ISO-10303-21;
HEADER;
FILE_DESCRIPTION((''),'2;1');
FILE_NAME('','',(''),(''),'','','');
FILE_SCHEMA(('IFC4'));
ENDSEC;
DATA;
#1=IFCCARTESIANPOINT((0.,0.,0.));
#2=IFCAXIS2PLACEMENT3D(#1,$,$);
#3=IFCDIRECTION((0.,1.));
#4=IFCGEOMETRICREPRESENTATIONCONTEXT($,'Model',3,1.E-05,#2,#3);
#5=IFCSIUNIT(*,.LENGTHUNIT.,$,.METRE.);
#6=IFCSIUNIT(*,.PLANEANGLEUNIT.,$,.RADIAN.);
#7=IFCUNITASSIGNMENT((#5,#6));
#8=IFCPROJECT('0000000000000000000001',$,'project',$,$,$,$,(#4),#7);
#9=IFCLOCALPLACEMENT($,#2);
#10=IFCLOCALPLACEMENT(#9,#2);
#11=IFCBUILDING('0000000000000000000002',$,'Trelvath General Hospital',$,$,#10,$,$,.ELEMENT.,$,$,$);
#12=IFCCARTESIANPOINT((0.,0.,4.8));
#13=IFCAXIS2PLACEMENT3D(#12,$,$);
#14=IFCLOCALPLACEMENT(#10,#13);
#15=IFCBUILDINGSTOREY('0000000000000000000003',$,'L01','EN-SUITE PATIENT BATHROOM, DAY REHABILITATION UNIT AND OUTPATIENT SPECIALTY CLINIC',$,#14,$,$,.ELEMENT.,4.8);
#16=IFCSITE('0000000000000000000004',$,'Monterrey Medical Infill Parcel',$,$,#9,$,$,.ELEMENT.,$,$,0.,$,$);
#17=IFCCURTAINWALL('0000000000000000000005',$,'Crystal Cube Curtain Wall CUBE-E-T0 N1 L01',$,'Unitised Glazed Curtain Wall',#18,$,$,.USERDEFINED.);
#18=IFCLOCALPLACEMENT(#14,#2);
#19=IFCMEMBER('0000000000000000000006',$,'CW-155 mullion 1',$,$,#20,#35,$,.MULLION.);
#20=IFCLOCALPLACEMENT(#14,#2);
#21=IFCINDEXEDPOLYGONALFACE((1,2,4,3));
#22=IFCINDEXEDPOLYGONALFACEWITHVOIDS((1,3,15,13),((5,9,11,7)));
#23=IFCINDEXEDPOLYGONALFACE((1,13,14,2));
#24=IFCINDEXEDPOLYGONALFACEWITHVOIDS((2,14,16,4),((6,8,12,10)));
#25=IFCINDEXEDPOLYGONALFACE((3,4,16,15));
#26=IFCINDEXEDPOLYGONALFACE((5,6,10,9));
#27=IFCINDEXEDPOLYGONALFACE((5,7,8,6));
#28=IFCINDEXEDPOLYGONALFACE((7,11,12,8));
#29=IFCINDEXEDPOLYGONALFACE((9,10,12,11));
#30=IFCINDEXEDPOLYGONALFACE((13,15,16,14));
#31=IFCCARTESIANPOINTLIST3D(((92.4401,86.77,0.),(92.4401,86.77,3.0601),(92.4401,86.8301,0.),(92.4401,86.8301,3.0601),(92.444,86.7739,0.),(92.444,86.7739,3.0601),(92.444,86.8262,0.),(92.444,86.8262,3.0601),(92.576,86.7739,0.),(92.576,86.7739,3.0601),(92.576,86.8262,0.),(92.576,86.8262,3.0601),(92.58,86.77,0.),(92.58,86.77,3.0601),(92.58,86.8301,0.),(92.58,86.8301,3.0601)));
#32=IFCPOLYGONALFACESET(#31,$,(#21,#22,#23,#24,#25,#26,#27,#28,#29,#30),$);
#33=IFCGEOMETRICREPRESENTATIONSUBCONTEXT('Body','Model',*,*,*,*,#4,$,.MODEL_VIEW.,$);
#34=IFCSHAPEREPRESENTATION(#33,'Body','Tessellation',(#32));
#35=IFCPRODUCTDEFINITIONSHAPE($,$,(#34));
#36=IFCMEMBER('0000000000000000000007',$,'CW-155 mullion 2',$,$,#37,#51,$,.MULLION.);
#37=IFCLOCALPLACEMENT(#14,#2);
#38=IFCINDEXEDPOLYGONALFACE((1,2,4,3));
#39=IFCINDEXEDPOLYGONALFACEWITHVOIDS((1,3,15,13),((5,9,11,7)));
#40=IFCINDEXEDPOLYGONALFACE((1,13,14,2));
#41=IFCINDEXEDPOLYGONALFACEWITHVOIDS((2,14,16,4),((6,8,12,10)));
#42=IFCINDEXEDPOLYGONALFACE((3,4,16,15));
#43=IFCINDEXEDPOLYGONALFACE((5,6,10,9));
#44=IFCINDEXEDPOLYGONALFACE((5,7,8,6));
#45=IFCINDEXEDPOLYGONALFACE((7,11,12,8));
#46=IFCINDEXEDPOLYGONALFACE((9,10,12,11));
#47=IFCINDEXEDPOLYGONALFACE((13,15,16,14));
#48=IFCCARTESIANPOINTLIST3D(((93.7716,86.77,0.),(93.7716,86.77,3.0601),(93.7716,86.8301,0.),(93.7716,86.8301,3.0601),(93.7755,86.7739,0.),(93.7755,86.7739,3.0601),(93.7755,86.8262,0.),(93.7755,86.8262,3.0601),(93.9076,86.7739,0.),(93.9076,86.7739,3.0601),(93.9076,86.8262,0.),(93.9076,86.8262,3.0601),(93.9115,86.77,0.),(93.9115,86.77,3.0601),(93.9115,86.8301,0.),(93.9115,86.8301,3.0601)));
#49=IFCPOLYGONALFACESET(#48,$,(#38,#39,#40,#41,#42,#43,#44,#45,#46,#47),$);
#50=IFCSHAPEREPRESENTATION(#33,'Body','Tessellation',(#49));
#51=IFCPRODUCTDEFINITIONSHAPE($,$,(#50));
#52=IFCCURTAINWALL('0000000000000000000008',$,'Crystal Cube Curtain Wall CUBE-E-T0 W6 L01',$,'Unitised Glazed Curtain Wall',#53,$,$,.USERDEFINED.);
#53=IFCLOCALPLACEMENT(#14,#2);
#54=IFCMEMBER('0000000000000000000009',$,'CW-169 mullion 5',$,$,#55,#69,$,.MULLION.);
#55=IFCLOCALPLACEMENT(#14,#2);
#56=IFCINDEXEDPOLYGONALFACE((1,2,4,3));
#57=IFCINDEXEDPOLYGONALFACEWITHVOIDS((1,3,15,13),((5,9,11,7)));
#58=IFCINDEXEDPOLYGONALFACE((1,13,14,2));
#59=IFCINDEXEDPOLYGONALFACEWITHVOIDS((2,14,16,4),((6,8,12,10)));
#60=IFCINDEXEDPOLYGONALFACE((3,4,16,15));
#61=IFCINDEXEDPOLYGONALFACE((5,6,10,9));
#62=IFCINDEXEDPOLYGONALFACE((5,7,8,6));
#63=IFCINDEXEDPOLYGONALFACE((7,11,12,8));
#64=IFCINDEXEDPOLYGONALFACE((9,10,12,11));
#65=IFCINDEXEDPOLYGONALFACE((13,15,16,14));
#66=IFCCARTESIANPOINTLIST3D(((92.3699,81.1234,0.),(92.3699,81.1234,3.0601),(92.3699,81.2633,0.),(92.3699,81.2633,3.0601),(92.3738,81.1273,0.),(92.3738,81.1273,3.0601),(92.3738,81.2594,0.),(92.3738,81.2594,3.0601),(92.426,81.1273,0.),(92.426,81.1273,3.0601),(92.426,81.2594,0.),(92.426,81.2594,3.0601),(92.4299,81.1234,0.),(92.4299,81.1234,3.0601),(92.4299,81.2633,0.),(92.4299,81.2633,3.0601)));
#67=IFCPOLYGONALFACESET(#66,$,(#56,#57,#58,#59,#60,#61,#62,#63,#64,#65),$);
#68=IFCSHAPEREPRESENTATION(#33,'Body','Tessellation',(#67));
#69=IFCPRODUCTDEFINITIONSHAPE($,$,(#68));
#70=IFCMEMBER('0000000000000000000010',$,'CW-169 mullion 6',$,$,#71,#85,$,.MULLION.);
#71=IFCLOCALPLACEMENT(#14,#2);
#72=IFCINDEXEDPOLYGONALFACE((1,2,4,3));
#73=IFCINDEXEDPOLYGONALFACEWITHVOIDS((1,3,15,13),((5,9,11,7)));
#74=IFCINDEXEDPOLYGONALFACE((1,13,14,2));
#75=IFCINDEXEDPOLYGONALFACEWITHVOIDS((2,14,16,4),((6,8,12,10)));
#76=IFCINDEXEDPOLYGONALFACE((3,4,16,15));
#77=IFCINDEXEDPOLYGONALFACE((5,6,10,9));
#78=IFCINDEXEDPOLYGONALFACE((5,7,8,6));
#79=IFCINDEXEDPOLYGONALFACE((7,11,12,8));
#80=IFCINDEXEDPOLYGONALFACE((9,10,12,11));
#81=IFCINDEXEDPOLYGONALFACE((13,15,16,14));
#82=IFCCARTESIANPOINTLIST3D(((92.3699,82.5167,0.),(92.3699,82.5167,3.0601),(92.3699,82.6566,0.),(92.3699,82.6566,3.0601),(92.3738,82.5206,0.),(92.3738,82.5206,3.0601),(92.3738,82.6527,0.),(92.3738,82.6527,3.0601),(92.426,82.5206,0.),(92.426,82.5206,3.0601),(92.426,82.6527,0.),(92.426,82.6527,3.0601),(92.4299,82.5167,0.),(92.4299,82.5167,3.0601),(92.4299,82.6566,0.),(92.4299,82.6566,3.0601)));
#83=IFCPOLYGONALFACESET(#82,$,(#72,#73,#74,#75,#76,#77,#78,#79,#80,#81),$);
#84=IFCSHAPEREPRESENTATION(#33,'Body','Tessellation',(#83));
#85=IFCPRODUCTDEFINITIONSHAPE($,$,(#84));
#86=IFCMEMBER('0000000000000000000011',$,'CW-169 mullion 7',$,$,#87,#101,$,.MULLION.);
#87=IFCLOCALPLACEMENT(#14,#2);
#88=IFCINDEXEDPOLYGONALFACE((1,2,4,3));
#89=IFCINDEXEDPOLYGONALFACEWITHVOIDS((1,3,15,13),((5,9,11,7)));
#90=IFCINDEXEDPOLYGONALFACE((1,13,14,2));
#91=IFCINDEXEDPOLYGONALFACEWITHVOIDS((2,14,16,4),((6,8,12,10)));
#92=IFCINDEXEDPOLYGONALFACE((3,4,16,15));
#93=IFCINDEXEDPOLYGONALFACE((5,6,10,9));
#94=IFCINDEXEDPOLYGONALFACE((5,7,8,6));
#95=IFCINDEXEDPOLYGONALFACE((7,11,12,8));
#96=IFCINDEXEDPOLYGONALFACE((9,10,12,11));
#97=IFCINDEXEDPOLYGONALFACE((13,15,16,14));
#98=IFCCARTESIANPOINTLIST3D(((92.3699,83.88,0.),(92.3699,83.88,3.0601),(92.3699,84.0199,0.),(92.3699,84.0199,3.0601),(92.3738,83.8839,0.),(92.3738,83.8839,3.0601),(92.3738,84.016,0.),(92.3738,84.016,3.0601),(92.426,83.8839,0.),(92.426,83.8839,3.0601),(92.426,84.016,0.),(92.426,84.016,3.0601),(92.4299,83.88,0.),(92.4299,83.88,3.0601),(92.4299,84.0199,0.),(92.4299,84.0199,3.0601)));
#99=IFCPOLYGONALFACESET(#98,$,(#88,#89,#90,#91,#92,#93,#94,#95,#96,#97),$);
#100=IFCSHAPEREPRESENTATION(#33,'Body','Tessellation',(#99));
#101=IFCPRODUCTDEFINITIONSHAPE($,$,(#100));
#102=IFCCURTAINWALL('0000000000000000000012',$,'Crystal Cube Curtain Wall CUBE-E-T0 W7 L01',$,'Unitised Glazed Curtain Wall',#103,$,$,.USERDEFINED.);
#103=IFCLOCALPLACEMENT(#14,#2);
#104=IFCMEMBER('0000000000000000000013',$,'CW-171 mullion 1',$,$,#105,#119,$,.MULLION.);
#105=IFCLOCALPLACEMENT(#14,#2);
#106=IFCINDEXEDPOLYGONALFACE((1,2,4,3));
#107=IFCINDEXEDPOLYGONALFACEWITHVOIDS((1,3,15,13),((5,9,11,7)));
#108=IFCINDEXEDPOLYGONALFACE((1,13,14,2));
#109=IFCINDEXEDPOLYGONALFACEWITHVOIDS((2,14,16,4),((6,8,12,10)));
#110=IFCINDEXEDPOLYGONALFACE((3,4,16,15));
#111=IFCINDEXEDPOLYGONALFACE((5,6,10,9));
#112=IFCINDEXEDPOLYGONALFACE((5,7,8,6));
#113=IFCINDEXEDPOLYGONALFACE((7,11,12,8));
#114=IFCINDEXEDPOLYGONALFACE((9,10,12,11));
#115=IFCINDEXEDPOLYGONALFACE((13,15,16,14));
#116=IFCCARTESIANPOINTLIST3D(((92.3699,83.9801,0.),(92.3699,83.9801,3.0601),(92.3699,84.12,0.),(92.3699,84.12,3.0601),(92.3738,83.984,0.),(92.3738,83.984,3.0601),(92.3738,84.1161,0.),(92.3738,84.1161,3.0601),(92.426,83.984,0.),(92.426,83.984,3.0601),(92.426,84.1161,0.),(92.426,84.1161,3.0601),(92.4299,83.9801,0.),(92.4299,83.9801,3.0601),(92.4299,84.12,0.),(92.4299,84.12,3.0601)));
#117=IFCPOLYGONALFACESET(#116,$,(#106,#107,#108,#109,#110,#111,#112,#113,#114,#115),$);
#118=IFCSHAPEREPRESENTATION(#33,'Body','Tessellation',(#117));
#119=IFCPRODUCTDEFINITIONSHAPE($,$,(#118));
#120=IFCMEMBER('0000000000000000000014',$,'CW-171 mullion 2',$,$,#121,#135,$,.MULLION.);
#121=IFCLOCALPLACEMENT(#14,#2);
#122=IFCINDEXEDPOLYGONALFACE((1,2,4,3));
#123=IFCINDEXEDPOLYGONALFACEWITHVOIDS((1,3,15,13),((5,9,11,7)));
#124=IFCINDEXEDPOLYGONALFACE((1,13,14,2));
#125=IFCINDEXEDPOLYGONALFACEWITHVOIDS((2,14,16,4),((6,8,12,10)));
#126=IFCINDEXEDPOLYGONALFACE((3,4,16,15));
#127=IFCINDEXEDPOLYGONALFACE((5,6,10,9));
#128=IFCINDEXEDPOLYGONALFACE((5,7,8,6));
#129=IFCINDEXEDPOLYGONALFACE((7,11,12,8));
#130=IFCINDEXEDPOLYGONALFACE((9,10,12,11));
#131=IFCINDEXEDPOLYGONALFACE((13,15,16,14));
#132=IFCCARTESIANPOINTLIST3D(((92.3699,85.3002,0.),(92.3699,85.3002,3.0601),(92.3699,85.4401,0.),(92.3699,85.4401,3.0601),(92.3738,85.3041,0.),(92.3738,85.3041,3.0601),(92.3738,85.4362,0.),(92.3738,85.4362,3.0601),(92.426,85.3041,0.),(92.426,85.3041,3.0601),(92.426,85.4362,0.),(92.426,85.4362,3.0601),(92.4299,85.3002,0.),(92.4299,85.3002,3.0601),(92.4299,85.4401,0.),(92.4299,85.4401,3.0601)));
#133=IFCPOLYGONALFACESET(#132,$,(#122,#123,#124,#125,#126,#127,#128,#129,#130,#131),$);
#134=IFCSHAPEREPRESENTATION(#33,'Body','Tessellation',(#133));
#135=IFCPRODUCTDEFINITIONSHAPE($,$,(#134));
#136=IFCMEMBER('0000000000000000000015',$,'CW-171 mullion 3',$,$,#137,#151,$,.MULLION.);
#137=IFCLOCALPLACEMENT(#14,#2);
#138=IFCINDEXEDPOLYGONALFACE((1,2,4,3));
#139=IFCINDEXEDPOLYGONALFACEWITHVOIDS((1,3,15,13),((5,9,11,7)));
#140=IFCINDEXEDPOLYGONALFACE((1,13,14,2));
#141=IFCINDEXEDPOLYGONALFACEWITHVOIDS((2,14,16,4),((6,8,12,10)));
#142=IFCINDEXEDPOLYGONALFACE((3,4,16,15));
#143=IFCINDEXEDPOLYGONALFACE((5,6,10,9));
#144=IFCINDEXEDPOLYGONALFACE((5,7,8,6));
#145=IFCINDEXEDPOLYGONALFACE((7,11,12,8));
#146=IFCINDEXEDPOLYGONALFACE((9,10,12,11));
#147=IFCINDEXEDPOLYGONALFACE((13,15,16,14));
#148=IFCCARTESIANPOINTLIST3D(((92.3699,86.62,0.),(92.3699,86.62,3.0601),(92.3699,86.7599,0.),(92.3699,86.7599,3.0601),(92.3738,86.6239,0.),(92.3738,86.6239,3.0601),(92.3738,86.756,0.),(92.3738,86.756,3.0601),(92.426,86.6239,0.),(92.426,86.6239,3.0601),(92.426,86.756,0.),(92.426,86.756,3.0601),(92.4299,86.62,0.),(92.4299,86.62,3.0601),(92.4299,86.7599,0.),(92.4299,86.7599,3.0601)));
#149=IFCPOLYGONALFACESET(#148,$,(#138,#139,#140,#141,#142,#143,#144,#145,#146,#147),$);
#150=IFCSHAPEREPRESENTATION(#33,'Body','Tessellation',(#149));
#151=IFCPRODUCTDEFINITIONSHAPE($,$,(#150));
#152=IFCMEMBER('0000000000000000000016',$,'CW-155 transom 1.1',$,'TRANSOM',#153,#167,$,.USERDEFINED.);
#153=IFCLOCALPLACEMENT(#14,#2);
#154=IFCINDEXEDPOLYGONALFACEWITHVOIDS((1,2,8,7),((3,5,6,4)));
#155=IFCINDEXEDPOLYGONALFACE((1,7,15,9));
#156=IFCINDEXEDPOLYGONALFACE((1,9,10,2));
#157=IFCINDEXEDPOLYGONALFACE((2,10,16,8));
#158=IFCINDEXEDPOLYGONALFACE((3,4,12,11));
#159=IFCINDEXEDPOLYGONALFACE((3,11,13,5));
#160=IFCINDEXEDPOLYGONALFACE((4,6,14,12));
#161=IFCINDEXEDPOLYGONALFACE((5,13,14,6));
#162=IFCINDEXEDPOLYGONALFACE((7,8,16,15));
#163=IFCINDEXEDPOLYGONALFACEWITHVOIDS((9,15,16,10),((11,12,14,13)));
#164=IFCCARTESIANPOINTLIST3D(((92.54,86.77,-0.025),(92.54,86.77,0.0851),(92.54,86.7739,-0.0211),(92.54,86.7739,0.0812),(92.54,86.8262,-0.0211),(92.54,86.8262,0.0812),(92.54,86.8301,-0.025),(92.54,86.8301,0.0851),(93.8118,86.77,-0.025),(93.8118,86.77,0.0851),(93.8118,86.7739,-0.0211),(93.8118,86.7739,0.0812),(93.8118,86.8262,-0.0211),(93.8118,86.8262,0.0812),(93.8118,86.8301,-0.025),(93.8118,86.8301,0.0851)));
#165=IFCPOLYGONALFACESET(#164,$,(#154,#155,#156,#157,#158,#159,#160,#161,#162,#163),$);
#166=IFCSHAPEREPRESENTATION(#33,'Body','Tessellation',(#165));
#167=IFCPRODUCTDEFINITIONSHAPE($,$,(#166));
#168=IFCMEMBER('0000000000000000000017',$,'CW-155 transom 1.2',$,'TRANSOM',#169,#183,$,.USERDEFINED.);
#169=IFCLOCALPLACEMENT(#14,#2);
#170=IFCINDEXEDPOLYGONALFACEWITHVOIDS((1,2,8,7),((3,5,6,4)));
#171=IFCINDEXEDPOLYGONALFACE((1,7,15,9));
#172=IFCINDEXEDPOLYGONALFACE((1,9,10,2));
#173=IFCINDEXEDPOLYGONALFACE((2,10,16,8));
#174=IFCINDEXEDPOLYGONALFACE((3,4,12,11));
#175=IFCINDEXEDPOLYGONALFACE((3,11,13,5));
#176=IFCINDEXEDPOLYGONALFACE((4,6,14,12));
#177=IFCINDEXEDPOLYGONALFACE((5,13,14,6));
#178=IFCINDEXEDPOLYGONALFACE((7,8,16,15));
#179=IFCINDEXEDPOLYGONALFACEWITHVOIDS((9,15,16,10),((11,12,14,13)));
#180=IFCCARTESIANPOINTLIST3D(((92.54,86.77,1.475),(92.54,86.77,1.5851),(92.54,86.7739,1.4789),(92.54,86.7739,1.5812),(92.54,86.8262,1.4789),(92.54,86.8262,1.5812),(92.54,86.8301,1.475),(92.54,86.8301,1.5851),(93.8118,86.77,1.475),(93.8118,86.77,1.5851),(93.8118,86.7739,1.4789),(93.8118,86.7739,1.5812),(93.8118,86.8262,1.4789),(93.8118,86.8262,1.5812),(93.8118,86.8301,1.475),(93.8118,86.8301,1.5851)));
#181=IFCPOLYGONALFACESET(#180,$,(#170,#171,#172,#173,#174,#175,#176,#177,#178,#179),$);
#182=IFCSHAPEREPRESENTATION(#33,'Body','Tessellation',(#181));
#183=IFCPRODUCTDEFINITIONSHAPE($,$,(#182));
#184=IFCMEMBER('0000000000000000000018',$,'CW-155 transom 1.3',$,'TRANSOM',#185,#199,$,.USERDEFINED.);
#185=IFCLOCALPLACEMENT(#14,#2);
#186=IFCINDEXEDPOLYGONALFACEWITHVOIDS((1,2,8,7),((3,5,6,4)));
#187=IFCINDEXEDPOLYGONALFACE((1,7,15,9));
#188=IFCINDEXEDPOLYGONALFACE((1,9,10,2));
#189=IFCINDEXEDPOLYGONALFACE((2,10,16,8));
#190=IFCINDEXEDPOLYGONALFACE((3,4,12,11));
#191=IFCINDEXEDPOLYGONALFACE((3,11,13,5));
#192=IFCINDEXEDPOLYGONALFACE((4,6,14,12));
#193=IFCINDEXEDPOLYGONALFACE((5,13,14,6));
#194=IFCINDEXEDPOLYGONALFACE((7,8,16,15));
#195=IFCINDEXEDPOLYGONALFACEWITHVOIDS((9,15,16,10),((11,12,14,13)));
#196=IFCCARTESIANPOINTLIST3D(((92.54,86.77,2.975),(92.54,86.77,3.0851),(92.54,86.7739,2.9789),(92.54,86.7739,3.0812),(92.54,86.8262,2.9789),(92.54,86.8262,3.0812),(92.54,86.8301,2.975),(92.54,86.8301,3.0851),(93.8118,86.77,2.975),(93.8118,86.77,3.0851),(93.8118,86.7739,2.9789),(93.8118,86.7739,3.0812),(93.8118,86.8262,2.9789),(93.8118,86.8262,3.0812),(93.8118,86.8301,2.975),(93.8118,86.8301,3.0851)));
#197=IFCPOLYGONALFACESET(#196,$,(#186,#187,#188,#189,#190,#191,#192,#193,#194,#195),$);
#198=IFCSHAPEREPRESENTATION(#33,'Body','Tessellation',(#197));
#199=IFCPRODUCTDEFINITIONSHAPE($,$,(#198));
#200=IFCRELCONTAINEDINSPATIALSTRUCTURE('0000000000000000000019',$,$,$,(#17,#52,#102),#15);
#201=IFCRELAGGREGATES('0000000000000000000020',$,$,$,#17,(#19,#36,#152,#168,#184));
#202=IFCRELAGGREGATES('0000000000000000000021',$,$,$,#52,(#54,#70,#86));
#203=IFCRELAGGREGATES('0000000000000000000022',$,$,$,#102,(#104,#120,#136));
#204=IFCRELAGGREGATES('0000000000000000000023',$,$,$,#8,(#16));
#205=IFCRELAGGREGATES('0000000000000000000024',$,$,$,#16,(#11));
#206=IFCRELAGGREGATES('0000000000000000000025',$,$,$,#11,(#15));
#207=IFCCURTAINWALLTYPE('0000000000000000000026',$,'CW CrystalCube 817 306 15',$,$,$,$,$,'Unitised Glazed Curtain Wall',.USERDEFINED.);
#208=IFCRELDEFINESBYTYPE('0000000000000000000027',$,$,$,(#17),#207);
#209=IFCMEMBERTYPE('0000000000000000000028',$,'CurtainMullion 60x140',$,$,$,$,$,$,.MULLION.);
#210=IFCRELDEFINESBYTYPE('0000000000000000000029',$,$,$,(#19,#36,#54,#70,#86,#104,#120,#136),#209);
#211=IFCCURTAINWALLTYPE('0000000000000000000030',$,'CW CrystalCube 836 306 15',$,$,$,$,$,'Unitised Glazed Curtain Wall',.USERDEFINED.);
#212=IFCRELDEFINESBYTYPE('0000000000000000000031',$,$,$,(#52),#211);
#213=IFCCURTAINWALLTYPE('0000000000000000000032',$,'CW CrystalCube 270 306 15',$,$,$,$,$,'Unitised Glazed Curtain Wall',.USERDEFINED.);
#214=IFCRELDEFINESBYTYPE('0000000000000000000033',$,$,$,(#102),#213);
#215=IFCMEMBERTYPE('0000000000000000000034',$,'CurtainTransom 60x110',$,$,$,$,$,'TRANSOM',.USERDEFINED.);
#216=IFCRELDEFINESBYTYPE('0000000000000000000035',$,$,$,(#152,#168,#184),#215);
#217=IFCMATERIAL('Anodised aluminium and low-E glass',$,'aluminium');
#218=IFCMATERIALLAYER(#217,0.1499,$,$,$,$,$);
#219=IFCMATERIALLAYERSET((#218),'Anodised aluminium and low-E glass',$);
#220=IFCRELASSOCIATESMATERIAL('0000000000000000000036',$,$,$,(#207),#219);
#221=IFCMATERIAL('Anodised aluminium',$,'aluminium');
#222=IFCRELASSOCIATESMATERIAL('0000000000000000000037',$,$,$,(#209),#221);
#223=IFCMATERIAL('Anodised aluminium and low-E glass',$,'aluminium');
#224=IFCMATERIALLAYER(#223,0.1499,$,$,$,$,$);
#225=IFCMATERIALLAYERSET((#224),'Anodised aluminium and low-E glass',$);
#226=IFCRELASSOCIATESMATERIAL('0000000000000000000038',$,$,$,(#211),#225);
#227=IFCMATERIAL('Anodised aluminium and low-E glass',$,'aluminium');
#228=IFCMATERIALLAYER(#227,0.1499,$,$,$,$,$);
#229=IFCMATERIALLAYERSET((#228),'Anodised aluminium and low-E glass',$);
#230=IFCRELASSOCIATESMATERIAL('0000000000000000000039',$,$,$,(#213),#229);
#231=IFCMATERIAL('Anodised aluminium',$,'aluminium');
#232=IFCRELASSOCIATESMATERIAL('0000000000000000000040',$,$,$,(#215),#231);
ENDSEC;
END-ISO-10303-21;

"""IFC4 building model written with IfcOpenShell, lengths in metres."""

from ifc_helpers import new_model, si_unit, direction, frame, origin, origin_2d, place, context, subcontext, project, spatial, hollow_rectangle, extrude, material, layer, layer_set, material_profile, profile_set, type_object, element, aggregate, save


model = new_model("IFC4")

# Units and contexts
model_context = context("Model", 3, precision=1e-05, world=origin(), true_north=direction((0.0, 1.0)))
body_context = subcontext(model_context, "Body", "Model", "MODEL_VIEW")
ifc_project = project(units=[si_unit("LENGTHUNIT", "METRE"), si_unit("PLANEANGLEUNIT", "RADIAN")], contexts=[model_context])

# Site, building, storey
site_placement = place(None, origin())
site = spatial("IfcSite", under=ifc_project, at=site_placement, Name="Monterrey Medical Infill Parcel", CompositionType="ELEMENT", RefElevation=0.0)
building_placement = place(site_placement, origin())
building = spatial("IfcBuilding", under=site, at=building_placement, Name="Trelvath General Hospital", CompositionType="ELEMENT")
storey_placement = place(building_placement, frame((0.0, 0.0, 4.8)))
storey = spatial("IfcBuildingStorey", under=building, at=storey_placement, Name="L01", Description="EN-SUITE PATIENT BATHROOM, DAY REHABILITATION UNIT AND OUTPATIENT SPECIALTY CLINIC", CompositionType="ELEMENT", Elevation=4.8)

# Curtain walls, members
ifc_material_1 = material(Name="Anodised aluminium and low-E glass", Category="aluminium")
ifc_layer_1 = layer(ifc_material_1, 0.1499)
ifc_layer_set_1 = layer_set([ifc_layer_1], Name="Anodised aluminium and low-E glass")
curtain_wall_type_1 = type_object("IfcCurtainWallType", Name="CW CrystalCube 817 306 15", ElementType="Unitised Glazed Curtain Wall", PredefinedType="USERDEFINED", material=ifc_layer_set_1)
curtain_wall_1_placement = place(storey_placement, origin())
curtain_wall_1 = element("IfcCurtainWall", 1, at=curtain_wall_1_placement, inside=storey, type_object=curtain_wall_type_1, Name="Crystal Cube Curtain Wall CUBE-E-T0 N1 L01", ObjectType="Unitised Glazed Curtain Wall", PredefinedType="USERDEFINED")
ifc_material_2 = material(Name="Anodised aluminium", Category="aluminium")
ifc_material_profile_1 = material_profile(ifc_material_2, hollow_rectangle(XDim=0.0601, YDim=0.1399, WallThickness=0.0039, at=origin_2d()), Name="RHS60x140x4")
ifc_profile_set_1 = profile_set([ifc_material_profile_1], Name="Anodised aluminium")
member_type_1 = type_object("IfcMemberType", Name="CurtainMullion 60x140", PredefinedType="MULLION", material=ifc_profile_set_1)
member_1_placement = place(storey_placement, frame((92.51, 86.8, 0.0), z_axis=(0.0, 0.0, 1.0), x_axis=(0.0, 1.0, 0.0)))
member_1 = element("IfcMember", 2, at=member_1_placement, type_object=member_type_1, Name="CW-155 mullion 1", PredefinedType="MULLION", context=body_context, shape_type="SweptSolid", body=[
    extrude(hollow_rectangle(XDim=0.0601, YDim=0.1399, WallThickness=0.0039, at=origin_2d()), origin(), (0.0, 0.0, 1.0), 3.0601),
])
member_2_placement = place(storey_placement, frame((93.8416, 86.8, 0.0), z_axis=(0.0, 0.0, 1.0), x_axis=(0.0, 1.0, 0.0)))
member_2 = element("IfcMember", 3, at=member_2_placement, type_object=member_type_1, Name="CW-155 mullion 2", PredefinedType="MULLION", context=body_context, shape_type="SweptSolid", body=[
    extrude(hollow_rectangle(XDim=0.0601, YDim=0.1399, WallThickness=0.0039, at=origin_2d()), origin(), (0.0, 0.0, 1.0), 3.0601),
])
ifc_material_3 = material(Name="Anodised aluminium and low-E glass", Category="aluminium")
ifc_layer_2 = layer(ifc_material_3, 0.1499)
ifc_layer_set_2 = layer_set([ifc_layer_2], Name="Anodised aluminium and low-E glass")
curtain_wall_type_2 = type_object("IfcCurtainWallType", Name="CW CrystalCube 836 306 15", ElementType="Unitised Glazed Curtain Wall", PredefinedType="USERDEFINED", material=ifc_layer_set_2)
curtain_wall_2_placement = place(storey_placement, origin())
curtain_wall_2 = element("IfcCurtainWall", 4, at=curtain_wall_2_placement, inside=storey, type_object=curtain_wall_type_2, Name="Crystal Cube Curtain Wall CUBE-E-T0 W6 L01", ObjectType="Unitised Glazed Curtain Wall", PredefinedType="USERDEFINED")
member_3_placement = place(storey_placement, frame((92.3999, 81.1934, 0.0), z_axis=(0.0, 0.0, 1.0), x_axis=(-1.0, 0.0, 0.0)))
member_3 = element("IfcMember", 5, at=member_3_placement, type_object=member_type_1, Name="CW-169 mullion 5", PredefinedType="MULLION", context=body_context, shape_type="SweptSolid", body=[
    extrude(hollow_rectangle(XDim=0.0601, YDim=0.1399, WallThickness=0.0039, at=origin_2d()), origin(), (0.0, 0.0, 1.0), 3.0601),
])
member_4_placement = place(storey_placement, frame((92.3999, 82.5867, 0.0), z_axis=(0.0, 0.0, 1.0), x_axis=(-1.0, 0.0, 0.0)))
member_4 = element("IfcMember", 6, at=member_4_placement, type_object=member_type_1, Name="CW-169 mullion 6", PredefinedType="MULLION", context=body_context, shape_type="SweptSolid", body=[
    extrude(hollow_rectangle(XDim=0.0601, YDim=0.1399, WallThickness=0.0039, at=origin_2d()), origin(), (0.0, 0.0, 1.0), 3.0601),
])
member_5_placement = place(storey_placement, frame((92.3999, 83.95, 0.0), z_axis=(0.0, 0.0, 1.0), x_axis=(-1.0, 0.0, 0.0)))
member_5 = element("IfcMember", 7, at=member_5_placement, type_object=member_type_1, Name="CW-169 mullion 7", PredefinedType="MULLION", context=body_context, shape_type="SweptSolid", body=[
    extrude(hollow_rectangle(XDim=0.0601, YDim=0.1399, WallThickness=0.0039, at=origin_2d()), origin(), (0.0, 0.0, 1.0), 3.0601),
])
ifc_material_4 = material(Name="Anodised aluminium and low-E glass", Category="aluminium")
ifc_layer_3 = layer(ifc_material_4, 0.1499)
ifc_layer_set_3 = layer_set([ifc_layer_3], Name="Anodised aluminium and low-E glass")
curtain_wall_type_3 = type_object("IfcCurtainWallType", Name="CW CrystalCube 270 306 15", ElementType="Unitised Glazed Curtain Wall", PredefinedType="USERDEFINED", material=ifc_layer_set_3)
curtain_wall_3_placement = place(storey_placement, origin())
curtain_wall_3 = element("IfcCurtainWall", 8, at=curtain_wall_3_placement, inside=storey, type_object=curtain_wall_type_3, Name="Crystal Cube Curtain Wall CUBE-E-T0 W7 L01", ObjectType="Unitised Glazed Curtain Wall", PredefinedType="USERDEFINED")
member_6_placement = place(storey_placement, frame((92.3999, 84.05, 0.0), z_axis=(0.0, 0.0, 1.0), x_axis=(-1.0, 0.0, 0.0)))
member_6 = element("IfcMember", 9, at=member_6_placement, type_object=member_type_1, Name="CW-171 mullion 1", PredefinedType="MULLION", context=body_context, shape_type="SweptSolid", body=[
    extrude(hollow_rectangle(XDim=0.0601, YDim=0.1399, WallThickness=0.0039, at=origin_2d()), origin(), (0.0, 0.0, 1.0), 3.0601),
])
member_7_placement = place(storey_placement, frame((92.3999, 85.3701, 0.0), z_axis=(0.0, 0.0, 1.0), x_axis=(-1.0, 0.0, 0.0)))
member_7 = element("IfcMember", 10, at=member_7_placement, type_object=member_type_1, Name="CW-171 mullion 2", PredefinedType="MULLION", context=body_context, shape_type="SweptSolid", body=[
    extrude(hollow_rectangle(XDim=0.0601, YDim=0.1399, WallThickness=0.0039, at=origin_2d()), origin(), (0.0, 0.0, 1.0), 3.0601),
])
member_8_placement = place(storey_placement, frame((92.3999, 86.6899, 0.0), z_axis=(0.0, 0.0, 1.0), x_axis=(-1.0, 0.0, 0.0)))
member_8 = element("IfcMember", 11, at=member_8_placement, type_object=member_type_1, Name="CW-171 mullion 3", PredefinedType="MULLION", context=body_context, shape_type="SweptSolid", body=[
    extrude(hollow_rectangle(XDim=0.0601, YDim=0.1399, WallThickness=0.0039, at=origin_2d()), origin(), (0.0, 0.0, 1.0), 3.0601),
])

# Members
ifc_material_5 = material(Name="Anodised aluminium", Category="aluminium")
ifc_material_profile_2 = material_profile(ifc_material_5, hollow_rectangle(XDim=0.0601, YDim=0.1101, WallThickness=0.0039, at=origin_2d()), Name="RHS60x110x4")
ifc_profile_set_2 = profile_set([ifc_material_profile_2], Name="Anodised aluminium")
member_type_2 = type_object("IfcMemberType", Name="CurtainTransom 60x110", ElementType="TRANSOM", PredefinedType="USERDEFINED", material=ifc_profile_set_2)
member_9_placement = place(storey_placement, frame((92.54, 86.8, 0.03), z_axis=(1.0, 0.0, 0.0), x_axis=(0.0, 1.0, 0.0)))
member_9 = element("IfcMember", 12, at=member_9_placement, type_object=member_type_2, Name="CW-155 transom 1.1", ObjectType="TRANSOM", PredefinedType="USERDEFINED", context=body_context, shape_type="SweptSolid", body=[
    extrude(hollow_rectangle(XDim=0.0601, YDim=0.1101, WallThickness=0.0039, at=origin_2d()), origin(), (0.0, 0.0, 1.0), 1.2717),
])
member_10_placement = place(storey_placement, frame((92.54, 86.8, 1.53), z_axis=(1.0, 0.0, 0.0), x_axis=(0.0, 1.0, 0.0)))
member_10 = element("IfcMember", 13, at=member_10_placement, type_object=member_type_2, Name="CW-155 transom 1.2", ObjectType="TRANSOM", PredefinedType="USERDEFINED", context=body_context, shape_type="SweptSolid", body=[
    extrude(hollow_rectangle(XDim=0.0601, YDim=0.1101, WallThickness=0.0039, at=origin_2d()), origin(), (0.0, 0.0, 1.0), 1.2717),
])
member_11_placement = place(storey_placement, frame((92.54, 86.8, 3.03), z_axis=(1.0, 0.0, 0.0), x_axis=(0.0, 1.0, 0.0)))
member_11 = element("IfcMember", 14, at=member_11_placement, type_object=member_type_2, Name="CW-155 transom 1.3", ObjectType="TRANSOM", PredefinedType="USERDEFINED", context=body_context, shape_type="SweptSolid", body=[
    extrude(hollow_rectangle(XDim=0.0601, YDim=0.1101, WallThickness=0.0039, at=origin_2d()), origin(), (0.0, 0.0, 1.0), 1.2717),
])

aggregate(curtain_wall_1, [member_1, member_2, member_9, member_10, member_11])
aggregate(curtain_wall_2, [member_3, member_4, member_5])
aggregate(curtain_wall_3, [member_6, member_7, member_8])

save(model, "model.ifc")
